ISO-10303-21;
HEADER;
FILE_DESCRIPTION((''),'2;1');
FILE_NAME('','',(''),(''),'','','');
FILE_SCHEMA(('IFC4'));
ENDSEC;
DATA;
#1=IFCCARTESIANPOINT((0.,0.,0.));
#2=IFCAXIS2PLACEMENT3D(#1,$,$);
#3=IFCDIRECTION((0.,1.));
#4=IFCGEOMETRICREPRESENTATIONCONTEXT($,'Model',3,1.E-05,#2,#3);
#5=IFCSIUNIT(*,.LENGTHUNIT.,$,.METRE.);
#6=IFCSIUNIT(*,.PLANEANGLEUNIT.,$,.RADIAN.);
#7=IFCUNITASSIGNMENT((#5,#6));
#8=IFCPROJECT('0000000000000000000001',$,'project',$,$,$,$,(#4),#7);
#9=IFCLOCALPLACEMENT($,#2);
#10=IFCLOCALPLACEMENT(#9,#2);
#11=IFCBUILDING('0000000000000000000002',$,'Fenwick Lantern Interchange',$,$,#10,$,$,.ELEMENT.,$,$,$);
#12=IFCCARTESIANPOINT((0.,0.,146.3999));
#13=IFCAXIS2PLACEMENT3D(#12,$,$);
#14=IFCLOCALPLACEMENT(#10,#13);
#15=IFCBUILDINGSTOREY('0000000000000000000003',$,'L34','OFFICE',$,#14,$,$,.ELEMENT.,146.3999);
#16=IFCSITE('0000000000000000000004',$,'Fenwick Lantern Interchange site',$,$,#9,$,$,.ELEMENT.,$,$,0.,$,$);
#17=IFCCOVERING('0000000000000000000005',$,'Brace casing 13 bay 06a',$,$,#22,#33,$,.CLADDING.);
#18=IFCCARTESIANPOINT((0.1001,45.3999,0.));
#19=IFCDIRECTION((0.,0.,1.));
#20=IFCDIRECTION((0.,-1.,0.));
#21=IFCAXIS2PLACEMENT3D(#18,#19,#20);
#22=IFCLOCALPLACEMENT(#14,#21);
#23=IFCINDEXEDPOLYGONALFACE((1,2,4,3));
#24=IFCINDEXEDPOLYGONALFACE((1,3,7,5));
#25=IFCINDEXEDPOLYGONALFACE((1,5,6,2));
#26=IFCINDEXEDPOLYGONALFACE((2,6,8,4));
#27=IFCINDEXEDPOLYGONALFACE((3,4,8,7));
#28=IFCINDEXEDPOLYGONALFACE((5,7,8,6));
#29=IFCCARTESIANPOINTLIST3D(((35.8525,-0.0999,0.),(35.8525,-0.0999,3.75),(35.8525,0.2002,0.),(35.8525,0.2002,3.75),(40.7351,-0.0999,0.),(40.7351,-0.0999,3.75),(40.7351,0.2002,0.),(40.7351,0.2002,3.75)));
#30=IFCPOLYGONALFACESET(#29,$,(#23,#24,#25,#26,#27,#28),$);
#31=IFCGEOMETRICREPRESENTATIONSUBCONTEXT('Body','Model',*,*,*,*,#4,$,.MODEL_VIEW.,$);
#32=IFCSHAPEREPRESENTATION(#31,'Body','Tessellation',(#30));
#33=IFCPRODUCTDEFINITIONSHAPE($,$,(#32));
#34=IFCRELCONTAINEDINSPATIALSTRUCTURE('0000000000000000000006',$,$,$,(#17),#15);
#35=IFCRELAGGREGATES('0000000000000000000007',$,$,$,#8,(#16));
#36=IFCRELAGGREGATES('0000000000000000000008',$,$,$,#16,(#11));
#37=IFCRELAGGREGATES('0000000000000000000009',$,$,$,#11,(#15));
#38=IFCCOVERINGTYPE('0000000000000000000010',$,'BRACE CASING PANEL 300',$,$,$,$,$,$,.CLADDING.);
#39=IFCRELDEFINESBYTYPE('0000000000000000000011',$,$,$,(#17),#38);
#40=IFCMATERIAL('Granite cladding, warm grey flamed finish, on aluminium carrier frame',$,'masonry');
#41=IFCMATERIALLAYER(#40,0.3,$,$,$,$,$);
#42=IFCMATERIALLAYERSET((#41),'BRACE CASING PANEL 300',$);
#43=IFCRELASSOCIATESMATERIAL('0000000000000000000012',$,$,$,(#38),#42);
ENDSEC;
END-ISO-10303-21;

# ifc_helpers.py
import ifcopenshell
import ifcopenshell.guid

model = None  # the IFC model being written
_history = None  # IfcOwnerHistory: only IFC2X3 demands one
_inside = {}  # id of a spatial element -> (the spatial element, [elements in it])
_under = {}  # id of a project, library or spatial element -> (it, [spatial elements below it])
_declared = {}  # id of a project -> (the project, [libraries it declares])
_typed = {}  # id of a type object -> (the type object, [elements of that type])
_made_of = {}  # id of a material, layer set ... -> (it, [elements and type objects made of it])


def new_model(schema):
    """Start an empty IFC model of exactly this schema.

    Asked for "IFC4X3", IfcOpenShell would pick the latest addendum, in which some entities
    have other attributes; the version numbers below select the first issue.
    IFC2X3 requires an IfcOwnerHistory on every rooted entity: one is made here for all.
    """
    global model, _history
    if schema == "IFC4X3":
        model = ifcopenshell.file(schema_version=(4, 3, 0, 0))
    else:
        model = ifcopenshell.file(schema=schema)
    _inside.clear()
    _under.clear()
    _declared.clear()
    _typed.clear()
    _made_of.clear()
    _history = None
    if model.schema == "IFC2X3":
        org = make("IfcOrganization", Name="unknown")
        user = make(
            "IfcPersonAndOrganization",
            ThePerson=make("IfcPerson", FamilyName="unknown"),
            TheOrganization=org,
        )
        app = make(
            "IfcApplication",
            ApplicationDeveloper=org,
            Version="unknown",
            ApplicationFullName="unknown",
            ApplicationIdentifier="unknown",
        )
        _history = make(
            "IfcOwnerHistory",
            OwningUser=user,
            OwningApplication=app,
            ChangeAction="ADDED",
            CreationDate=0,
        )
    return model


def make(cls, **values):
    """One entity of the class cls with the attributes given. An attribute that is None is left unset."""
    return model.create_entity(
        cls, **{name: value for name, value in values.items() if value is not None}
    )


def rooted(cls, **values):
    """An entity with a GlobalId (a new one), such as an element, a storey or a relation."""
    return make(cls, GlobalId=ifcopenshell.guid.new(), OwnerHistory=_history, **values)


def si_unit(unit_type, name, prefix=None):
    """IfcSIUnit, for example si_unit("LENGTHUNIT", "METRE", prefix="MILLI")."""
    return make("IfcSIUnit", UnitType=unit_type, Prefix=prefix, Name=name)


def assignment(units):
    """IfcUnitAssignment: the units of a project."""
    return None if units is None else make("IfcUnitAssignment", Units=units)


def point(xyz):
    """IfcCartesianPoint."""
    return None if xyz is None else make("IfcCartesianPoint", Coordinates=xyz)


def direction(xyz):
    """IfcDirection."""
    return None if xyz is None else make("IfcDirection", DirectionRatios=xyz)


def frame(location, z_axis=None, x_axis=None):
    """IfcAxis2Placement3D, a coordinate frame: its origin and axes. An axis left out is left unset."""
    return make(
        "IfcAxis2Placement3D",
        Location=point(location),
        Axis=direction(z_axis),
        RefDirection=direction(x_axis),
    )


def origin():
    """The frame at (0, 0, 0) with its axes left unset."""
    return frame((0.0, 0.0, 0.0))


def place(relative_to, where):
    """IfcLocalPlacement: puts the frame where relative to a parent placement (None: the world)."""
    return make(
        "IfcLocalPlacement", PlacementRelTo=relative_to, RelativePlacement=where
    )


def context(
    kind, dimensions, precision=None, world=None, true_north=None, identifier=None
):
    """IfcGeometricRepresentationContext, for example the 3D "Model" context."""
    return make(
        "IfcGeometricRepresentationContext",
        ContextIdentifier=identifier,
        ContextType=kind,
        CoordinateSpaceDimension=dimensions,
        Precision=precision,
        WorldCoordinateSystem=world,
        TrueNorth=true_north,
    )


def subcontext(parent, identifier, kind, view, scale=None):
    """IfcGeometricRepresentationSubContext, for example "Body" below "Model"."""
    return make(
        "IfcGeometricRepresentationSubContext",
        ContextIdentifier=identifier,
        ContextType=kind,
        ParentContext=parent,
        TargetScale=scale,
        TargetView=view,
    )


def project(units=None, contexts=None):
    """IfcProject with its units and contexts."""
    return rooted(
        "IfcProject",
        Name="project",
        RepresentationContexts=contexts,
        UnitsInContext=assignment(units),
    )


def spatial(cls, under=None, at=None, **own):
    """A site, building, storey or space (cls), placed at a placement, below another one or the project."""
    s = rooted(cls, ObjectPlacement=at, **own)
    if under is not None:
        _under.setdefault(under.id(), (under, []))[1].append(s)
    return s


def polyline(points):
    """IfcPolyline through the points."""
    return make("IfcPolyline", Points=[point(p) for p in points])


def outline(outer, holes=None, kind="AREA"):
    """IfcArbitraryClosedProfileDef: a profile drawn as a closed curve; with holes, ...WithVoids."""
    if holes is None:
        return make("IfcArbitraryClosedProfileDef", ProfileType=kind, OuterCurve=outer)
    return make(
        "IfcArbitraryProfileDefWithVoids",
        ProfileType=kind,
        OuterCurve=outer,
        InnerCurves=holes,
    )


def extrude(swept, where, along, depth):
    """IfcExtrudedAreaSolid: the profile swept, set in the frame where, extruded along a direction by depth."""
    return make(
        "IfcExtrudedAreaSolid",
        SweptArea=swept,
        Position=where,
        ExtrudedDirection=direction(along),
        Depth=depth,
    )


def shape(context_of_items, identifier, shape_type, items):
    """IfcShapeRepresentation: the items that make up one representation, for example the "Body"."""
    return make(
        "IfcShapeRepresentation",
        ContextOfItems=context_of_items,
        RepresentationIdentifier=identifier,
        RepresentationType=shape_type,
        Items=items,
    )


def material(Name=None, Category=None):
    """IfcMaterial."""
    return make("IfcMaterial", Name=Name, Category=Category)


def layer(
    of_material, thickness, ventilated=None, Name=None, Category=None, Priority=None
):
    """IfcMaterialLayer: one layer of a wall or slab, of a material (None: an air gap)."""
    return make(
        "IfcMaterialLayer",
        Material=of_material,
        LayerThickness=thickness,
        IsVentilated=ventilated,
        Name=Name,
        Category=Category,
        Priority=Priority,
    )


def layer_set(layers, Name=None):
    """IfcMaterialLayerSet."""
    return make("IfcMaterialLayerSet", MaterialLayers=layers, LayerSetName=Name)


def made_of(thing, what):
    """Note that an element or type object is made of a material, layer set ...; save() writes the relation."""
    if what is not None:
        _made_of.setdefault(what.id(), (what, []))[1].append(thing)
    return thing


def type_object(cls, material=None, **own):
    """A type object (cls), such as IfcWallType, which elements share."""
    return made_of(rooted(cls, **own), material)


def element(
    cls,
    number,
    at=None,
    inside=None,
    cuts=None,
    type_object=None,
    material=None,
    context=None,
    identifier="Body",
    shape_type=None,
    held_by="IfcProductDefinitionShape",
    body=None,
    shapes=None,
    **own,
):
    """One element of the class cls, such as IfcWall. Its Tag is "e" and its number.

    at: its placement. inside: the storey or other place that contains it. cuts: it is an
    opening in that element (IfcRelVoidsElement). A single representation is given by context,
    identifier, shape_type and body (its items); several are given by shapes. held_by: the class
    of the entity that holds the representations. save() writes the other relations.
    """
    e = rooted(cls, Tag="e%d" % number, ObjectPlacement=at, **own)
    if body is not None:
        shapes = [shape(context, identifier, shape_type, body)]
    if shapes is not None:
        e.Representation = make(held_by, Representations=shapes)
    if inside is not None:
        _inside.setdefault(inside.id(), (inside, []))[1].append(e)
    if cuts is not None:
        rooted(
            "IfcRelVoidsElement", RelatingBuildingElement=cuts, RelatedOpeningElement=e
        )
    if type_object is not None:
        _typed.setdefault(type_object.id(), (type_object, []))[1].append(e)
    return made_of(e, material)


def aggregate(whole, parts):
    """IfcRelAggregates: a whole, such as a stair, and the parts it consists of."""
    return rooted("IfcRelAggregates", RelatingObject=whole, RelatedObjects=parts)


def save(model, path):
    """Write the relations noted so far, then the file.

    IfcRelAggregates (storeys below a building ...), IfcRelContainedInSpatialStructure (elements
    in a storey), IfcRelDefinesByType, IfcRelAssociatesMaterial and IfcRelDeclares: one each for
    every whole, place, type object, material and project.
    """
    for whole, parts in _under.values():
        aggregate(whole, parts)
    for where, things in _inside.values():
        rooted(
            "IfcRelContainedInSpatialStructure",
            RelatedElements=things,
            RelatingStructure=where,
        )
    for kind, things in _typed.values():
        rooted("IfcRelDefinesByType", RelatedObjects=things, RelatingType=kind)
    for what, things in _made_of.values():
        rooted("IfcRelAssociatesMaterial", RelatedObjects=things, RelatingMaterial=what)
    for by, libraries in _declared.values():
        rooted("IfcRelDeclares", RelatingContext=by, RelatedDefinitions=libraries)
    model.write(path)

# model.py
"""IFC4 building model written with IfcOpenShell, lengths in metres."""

from ifc_helpers import new_model, si_unit, direction, frame, origin, place, context, subcontext, project, spatial, polyline, outline, extrude, material, layer, layer_set, type_object, element, save


model = new_model("IFC4")

# Units and contexts
model_context = context("Model", 3, precision=1e-05, world=origin(), true_north=direction((0.0, 1.0)))
body_context = subcontext(model_context, "Body", "Model", "MODEL_VIEW")
ifc_project = project(units=[si_unit("LENGTHUNIT", "METRE"), si_unit("PLANEANGLEUNIT", "RADIAN")], contexts=[model_context])

# Site, building, storey
site_placement = place(None, origin())
site = spatial("IfcSite", under=ifc_project, at=site_placement, Name="Fenwick Lantern Interchange site", CompositionType="ELEMENT", RefElevation=0.0)
building_placement = place(site_placement, origin())
building = spatial("IfcBuilding", under=site, at=building_placement, Name="Fenwick Lantern Interchange", CompositionType="ELEMENT")
storey_placement = place(building_placement, frame((0.0, 0.0, 146.3999)))
storey = spatial("IfcBuildingStorey", under=building, at=storey_placement, Name="L34", Description="OFFICE", CompositionType="ELEMENT", Elevation=146.3999)

# Covering
ifc_material_1 = material(Name="Granite cladding, warm grey flamed finish, on aluminium carrier frame", Category="masonry")
ifc_layer_1 = layer(ifc_material_1, 0.3)
ifc_layer_set_1 = layer_set([ifc_layer_1], Name="BRACE CASING PANEL 300")
covering_type = type_object("IfcCoveringType", Name="BRACE CASING PANEL 300", PredefinedType="CLADDING", material=ifc_layer_set_1)
covering_1_placement = place(storey_placement, frame((0.1001, 45.3999, 0.0), z_axis=(0.0, 0.0, 1.0), x_axis=(0.0, -1.0, 0.0)))
element("IfcCovering", 1, at=covering_1_placement, inside=storey, type_object=covering_type, Name="Brace casing 13 bay 06a", PredefinedType="CLADDING", context=body_context, shape_type="SweptSolid", body=[
    extrude(outline(polyline([(35.8525, 0.0), (40.7351, 0.0), (40.7351, 3.75), (35.8525, 3.75), (35.8525, 0.0)])), frame((0.0, 0.2002, 0.0), z_axis=(0.0, -1.0, 0.0), x_axis=(1.0, 0.0, 0.0)), (0.0, 0.0, 1.0), 0.3),
])

save(model, "model.ifc")
